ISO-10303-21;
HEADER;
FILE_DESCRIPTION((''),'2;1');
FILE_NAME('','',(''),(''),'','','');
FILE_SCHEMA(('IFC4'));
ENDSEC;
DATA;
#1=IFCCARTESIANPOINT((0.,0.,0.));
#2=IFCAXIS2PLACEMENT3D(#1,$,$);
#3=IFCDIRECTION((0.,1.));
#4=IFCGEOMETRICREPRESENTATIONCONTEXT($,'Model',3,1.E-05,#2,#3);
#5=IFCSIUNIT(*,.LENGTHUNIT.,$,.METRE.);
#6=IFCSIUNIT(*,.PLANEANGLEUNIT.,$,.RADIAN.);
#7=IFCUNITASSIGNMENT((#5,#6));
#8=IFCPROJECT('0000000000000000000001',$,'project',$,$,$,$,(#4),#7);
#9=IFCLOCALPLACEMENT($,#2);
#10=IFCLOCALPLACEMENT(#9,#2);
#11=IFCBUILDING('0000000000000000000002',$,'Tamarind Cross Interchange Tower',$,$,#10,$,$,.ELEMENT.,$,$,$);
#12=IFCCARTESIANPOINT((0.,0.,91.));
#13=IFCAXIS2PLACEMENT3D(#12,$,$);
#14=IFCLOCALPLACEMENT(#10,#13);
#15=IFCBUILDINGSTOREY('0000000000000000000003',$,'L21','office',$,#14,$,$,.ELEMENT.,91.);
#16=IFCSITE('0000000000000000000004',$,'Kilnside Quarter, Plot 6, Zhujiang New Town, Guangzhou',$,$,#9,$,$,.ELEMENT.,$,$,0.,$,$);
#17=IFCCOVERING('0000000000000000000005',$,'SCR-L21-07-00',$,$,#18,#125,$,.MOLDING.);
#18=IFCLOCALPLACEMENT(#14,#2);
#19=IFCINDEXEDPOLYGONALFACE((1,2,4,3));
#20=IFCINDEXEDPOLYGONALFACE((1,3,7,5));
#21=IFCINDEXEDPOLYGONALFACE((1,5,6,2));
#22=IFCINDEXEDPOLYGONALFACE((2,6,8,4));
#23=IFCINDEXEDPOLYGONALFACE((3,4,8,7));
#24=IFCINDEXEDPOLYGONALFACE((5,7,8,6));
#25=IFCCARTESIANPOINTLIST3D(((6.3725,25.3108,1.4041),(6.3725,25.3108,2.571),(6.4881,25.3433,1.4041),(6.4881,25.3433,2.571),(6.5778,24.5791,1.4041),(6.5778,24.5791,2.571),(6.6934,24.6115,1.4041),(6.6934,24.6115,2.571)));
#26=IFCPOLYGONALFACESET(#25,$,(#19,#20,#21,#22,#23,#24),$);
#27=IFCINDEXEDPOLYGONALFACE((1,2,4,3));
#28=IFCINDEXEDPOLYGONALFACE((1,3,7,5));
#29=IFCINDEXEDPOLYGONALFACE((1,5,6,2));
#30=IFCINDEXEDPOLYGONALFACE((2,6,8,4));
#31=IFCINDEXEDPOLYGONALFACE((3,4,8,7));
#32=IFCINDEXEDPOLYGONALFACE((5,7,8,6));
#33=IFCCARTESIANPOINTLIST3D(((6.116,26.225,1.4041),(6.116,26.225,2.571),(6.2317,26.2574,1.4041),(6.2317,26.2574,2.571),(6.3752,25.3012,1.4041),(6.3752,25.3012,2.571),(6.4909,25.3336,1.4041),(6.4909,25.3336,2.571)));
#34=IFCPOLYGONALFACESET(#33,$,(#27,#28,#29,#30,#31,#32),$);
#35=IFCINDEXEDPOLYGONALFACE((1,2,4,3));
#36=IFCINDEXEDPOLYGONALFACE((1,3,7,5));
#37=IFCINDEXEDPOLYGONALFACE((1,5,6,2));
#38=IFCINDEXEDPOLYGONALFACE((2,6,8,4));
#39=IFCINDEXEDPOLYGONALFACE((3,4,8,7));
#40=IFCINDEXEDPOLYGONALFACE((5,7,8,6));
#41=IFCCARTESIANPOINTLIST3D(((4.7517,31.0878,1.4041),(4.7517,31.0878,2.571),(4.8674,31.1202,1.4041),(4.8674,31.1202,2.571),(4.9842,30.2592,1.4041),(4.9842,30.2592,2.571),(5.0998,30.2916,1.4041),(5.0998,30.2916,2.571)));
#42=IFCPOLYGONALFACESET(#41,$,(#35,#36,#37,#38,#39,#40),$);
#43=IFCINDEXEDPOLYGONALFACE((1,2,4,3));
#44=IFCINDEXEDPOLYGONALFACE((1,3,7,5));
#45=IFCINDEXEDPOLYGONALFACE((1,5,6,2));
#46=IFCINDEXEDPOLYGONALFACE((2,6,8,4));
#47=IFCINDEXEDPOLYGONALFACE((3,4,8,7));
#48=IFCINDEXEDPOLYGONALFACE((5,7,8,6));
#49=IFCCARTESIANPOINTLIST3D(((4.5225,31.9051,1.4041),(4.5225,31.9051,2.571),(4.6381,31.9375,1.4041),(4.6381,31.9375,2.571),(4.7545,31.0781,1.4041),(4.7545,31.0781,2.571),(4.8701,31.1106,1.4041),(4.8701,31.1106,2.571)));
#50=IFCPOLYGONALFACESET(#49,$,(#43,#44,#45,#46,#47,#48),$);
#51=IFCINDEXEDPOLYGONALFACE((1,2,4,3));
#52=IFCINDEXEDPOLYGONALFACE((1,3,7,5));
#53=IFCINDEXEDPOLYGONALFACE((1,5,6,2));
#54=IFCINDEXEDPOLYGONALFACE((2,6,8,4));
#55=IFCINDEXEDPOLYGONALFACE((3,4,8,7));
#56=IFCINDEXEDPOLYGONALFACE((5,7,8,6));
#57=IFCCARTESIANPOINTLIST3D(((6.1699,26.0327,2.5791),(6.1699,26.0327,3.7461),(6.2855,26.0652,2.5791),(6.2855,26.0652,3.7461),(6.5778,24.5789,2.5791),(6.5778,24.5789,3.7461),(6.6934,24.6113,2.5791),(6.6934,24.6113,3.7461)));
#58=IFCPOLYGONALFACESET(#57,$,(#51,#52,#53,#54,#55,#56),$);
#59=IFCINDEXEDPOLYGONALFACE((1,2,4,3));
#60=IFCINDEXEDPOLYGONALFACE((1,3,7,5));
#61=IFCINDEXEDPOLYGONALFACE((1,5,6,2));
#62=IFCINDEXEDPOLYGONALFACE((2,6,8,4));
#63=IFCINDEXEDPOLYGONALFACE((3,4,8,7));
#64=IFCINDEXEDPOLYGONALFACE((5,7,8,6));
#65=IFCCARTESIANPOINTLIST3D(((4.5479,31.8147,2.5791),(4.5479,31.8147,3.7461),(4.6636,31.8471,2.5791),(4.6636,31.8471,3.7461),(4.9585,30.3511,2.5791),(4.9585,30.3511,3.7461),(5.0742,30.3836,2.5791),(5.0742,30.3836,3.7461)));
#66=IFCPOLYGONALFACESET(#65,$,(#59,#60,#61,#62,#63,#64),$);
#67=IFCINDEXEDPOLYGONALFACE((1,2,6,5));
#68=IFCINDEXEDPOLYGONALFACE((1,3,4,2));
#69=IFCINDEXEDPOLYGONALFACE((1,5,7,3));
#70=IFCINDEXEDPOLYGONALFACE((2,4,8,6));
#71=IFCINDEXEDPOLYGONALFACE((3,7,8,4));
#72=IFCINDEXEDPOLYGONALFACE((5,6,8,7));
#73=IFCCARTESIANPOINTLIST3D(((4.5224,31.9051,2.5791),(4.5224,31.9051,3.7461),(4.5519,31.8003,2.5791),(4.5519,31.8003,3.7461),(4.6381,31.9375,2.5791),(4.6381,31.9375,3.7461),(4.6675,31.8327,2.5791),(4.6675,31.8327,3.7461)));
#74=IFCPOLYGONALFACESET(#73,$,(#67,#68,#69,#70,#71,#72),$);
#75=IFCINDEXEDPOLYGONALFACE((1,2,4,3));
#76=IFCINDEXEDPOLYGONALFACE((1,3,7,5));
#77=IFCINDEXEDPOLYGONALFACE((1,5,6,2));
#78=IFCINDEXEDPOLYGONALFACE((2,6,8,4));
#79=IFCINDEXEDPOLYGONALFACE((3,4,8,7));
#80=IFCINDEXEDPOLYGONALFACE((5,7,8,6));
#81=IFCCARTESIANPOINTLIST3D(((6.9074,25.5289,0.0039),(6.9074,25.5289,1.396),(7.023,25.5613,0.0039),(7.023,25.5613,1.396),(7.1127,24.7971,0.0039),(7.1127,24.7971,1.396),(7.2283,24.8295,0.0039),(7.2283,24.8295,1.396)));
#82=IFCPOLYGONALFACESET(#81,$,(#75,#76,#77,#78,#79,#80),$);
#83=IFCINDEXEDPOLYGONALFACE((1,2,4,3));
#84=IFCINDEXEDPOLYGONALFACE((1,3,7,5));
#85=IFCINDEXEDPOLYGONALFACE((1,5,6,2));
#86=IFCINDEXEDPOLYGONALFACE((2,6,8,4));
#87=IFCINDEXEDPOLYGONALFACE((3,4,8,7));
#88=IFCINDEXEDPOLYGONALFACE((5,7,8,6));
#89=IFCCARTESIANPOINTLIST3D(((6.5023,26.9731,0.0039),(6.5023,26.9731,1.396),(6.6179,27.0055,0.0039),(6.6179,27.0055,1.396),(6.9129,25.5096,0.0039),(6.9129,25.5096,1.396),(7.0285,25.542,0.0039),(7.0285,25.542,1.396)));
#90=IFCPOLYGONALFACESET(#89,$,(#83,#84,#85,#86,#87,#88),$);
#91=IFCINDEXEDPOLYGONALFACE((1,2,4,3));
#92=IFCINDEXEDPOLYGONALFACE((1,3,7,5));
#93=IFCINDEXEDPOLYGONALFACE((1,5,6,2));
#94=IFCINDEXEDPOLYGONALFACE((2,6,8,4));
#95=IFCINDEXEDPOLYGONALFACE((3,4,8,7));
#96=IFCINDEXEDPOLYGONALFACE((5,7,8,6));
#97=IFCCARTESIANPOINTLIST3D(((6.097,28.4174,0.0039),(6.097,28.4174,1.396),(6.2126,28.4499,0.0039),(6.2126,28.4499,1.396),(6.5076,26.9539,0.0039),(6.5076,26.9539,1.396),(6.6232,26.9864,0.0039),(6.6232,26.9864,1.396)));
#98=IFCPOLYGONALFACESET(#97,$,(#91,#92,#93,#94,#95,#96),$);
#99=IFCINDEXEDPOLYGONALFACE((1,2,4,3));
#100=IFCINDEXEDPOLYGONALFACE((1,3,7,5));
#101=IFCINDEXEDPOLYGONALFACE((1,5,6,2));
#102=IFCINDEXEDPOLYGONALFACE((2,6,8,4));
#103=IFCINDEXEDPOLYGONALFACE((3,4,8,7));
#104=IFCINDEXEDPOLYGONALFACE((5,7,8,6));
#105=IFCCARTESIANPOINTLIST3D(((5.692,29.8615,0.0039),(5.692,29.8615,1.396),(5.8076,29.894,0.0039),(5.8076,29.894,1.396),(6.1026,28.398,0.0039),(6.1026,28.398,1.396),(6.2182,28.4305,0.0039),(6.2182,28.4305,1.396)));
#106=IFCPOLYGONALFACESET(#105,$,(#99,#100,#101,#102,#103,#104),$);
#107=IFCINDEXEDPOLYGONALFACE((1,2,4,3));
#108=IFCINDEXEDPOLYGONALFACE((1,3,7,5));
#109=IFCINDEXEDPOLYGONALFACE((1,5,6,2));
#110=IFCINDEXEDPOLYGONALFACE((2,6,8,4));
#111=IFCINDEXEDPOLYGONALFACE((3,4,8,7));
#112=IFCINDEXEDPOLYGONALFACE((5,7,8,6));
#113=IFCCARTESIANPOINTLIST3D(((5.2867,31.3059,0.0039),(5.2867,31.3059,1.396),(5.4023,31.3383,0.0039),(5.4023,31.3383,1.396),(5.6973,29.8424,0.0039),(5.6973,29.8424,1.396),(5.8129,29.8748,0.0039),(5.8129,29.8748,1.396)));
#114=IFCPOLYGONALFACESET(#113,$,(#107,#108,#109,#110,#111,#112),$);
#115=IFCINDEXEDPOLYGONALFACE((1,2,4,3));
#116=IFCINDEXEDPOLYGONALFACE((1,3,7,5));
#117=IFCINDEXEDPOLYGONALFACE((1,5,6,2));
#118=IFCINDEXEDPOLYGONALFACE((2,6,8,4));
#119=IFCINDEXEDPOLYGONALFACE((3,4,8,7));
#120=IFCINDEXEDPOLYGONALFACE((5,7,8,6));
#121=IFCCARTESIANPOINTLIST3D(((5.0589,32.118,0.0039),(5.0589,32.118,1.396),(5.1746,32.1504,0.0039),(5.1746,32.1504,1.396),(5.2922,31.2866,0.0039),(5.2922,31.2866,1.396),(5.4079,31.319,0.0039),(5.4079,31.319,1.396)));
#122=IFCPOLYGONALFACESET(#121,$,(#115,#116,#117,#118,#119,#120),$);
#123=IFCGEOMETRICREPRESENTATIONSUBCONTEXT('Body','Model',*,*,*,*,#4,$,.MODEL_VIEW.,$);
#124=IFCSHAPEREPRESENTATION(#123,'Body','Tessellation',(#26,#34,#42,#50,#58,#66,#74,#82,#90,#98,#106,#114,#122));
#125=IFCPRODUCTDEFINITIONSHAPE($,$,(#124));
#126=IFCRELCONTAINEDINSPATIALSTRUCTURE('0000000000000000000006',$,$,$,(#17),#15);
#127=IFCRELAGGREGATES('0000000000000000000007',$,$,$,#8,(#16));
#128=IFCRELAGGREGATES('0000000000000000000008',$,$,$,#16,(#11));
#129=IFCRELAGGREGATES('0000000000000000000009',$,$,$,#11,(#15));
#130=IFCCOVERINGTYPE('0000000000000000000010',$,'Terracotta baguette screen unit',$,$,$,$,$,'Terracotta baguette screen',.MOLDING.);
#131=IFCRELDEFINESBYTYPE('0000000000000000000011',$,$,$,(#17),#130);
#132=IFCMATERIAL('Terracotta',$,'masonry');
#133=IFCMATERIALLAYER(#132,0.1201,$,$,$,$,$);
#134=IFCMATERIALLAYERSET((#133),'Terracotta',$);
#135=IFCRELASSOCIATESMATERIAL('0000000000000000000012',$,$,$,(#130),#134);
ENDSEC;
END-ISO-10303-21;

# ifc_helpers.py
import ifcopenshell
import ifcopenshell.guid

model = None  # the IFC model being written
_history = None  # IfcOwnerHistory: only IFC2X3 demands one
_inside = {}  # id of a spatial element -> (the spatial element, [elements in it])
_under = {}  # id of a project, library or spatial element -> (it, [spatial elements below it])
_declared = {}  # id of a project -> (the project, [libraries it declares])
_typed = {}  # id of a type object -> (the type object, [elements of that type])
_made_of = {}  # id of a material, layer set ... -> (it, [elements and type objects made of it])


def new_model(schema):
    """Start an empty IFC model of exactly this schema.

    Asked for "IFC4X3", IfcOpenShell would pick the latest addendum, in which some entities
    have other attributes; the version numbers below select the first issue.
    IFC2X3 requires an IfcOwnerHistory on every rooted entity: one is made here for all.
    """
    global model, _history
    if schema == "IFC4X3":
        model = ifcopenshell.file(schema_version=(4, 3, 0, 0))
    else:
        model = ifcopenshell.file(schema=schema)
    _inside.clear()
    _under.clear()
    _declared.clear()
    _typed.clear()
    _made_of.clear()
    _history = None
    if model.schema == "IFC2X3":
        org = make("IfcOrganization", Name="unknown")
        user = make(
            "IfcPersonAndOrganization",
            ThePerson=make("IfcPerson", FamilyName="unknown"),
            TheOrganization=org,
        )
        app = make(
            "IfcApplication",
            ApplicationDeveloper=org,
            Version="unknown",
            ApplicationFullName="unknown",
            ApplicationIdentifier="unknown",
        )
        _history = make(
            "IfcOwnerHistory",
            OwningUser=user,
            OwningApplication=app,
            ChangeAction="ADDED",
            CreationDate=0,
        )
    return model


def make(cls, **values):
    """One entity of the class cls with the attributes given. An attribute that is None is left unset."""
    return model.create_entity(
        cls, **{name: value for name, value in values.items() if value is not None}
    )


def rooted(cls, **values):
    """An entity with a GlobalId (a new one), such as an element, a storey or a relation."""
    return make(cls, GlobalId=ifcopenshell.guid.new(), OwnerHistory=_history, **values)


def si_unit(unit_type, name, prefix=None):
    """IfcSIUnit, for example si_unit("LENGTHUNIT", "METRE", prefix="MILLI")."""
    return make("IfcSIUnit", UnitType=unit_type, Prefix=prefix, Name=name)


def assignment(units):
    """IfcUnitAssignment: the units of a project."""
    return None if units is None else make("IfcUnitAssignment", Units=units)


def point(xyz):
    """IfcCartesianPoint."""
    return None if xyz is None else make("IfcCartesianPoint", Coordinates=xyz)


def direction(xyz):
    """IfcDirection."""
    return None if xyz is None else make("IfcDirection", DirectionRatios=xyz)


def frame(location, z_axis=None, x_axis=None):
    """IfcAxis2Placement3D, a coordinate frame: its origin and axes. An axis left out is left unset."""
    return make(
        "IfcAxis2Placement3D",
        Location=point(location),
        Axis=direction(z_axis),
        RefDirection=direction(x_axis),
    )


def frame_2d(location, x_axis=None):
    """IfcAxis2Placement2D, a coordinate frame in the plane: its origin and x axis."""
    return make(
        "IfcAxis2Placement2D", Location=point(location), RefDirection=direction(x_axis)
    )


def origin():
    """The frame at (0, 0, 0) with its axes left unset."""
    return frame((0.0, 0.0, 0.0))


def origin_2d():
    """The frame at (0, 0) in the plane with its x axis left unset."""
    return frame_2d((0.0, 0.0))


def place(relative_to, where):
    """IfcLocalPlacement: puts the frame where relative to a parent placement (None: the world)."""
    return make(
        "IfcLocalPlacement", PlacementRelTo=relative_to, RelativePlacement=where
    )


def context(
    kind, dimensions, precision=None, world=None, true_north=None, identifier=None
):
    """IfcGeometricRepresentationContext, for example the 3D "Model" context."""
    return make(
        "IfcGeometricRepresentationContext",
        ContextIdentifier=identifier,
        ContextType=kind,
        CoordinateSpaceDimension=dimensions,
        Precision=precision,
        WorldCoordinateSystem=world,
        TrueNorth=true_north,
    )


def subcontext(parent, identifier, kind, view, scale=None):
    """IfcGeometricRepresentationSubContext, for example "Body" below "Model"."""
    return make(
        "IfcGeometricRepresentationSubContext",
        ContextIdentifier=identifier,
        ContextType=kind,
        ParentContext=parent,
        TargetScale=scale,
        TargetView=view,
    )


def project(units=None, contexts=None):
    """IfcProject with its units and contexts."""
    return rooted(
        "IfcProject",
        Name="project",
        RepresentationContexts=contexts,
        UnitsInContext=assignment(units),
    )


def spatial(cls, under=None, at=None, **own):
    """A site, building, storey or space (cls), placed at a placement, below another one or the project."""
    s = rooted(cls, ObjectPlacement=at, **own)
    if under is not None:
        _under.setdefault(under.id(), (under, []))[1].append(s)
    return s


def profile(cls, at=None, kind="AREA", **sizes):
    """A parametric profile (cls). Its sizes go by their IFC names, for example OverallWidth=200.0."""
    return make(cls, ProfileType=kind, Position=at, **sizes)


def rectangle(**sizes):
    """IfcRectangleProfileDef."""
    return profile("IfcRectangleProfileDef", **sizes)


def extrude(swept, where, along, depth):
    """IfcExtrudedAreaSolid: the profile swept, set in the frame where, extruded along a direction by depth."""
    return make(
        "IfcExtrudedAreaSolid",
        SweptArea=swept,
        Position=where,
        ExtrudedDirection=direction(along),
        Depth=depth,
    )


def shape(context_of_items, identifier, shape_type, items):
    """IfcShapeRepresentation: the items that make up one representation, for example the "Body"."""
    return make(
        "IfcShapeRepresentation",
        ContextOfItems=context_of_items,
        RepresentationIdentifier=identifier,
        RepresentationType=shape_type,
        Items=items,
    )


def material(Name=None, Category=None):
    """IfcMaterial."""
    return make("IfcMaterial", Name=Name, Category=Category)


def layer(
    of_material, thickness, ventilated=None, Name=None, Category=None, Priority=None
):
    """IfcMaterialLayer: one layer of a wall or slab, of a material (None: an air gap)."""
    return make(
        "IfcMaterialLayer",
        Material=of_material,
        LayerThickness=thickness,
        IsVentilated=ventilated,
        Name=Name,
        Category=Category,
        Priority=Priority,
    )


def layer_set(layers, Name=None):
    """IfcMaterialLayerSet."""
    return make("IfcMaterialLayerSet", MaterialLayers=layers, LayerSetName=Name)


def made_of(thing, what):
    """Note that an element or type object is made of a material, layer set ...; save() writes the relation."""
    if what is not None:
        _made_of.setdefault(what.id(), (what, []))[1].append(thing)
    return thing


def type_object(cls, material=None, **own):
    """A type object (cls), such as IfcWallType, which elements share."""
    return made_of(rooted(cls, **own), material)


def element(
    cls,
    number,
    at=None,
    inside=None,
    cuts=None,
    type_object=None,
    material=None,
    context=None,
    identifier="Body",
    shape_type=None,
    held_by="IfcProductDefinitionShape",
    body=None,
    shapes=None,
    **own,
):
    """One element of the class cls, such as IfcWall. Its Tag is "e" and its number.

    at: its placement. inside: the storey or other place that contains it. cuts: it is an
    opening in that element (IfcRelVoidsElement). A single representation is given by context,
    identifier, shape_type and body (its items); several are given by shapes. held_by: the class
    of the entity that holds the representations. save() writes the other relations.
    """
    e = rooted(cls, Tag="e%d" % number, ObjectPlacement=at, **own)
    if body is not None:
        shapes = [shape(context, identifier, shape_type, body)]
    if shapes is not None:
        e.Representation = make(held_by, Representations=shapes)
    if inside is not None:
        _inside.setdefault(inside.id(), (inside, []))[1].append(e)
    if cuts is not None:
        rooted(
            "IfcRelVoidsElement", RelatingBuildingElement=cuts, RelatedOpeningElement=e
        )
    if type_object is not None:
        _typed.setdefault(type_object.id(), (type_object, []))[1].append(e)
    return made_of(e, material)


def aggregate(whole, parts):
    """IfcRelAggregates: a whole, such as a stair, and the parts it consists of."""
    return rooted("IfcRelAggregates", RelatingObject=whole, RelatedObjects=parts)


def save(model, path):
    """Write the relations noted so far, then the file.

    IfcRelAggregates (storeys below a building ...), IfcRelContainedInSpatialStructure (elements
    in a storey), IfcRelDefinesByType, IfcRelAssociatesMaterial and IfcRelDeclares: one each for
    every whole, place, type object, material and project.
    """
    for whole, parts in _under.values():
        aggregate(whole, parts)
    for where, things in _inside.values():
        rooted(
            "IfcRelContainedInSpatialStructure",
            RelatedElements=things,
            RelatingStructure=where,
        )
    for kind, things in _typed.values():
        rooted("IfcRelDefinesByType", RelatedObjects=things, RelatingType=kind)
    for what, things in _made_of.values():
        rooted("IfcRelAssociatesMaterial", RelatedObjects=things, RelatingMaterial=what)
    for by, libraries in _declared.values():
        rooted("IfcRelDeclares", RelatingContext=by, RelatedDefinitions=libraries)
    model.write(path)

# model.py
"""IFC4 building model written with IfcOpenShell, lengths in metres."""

from ifc_helpers import new_model, si_unit, direction, frame, origin, origin_2d, place, context, subcontext, project, spatial, rectangle, extrude, material, layer, layer_set, type_object, element, save


model = new_model("IFC4")

# Units and contexts
model_context = context("Model", 3, precision=1e-05, world=origin(), true_north=direction((0.0, 1.0)))
body_context = subcontext(model_context, "Body", "Model", "MODEL_VIEW")
ifc_project = project(units=[si_unit("LENGTHUNIT", "METRE"), si_unit("PLANEANGLEUNIT", "RADIAN")], contexts=[model_context])

# Site, building, storey
site_placement = place(None, origin())
site = spatial("IfcSite", under=ifc_project, at=site_placement, Name="Kilnside Quarter, Plot 6, Zhujiang New Town, Guangzhou", CompositionType="ELEMENT", RefElevation=0.0)
building_placement = place(site_placement, origin())
building = spatial("IfcBuilding", under=site, at=building_placement, Name="Tamarind Cross Interchange Tower", CompositionType="ELEMENT")
storey_placement = place(building_placement, frame((0.0, 0.0, 91.0)))
storey = spatial("IfcBuildingStorey", under=building, at=storey_placement, Name="L21", Description="office", CompositionType="ELEMENT", Elevation=91.0)

# Covering
ifc_material_1 = material(Name="Terracotta", Category="masonry")
ifc_layer_1 = layer(ifc_material_1, 0.1201)
ifc_layer_set_1 = layer_set([ifc_layer_1], Name="Terracotta")
covering_type = type_object("IfcCoveringType", Name="Terracotta baguette screen unit", ElementType="Terracotta baguette screen", PredefinedType="MOLDING", material=ifc_layer_set_1)
covering_1_placement = place(storey_placement, origin())
element("IfcCovering", 1, at=covering_1_placement, inside=storey, type_object=covering_type, Name="SCR-L21-07-00", PredefinedType="MOLDING", context=body_context, shape_type="SweptSolid", body=[
    extrude(rectangle(XDim=0.76, YDim=0.1201, at=origin_2d()), frame((6.533, 24.9612, 1.4041), z_axis=(0.0, 0.0, 1.0), x_axis=(-0.27013, 0.962824, 0.0)), (0.0, 0.0, 1.0), 1.167),
    extrude(rectangle(XDim=0.9595, YDim=0.1201, at=origin_2d()), frame((6.3035, 25.7793, 1.4041), z_axis=(0.0, 0.0, 1.0), x_axis=(-0.27013, 0.962824, 0.0)), (0.0, 0.0, 1.0), 1.167),
    extrude(rectangle(XDim=0.8606, YDim=0.1201, at=origin_2d()), frame((4.9258, 30.6897, 1.4041), z_axis=(0.0, 0.0, 1.0), x_axis=(-0.27013, 0.962824, 0.0)), (0.0, 0.0, 1.0), 1.167),
    extrude(rectangle(XDim=0.8589, YDim=0.1201, at=origin_2d()), frame((4.6963, 31.5078, 1.4041), z_axis=(0.0, 0.0, 1.0), x_axis=(-0.27013, 0.962824, 0.0)), (0.0, 0.0, 1.0), 1.167),
    extrude(rectangle(XDim=1.51, YDim=0.1201, at=origin_2d()), frame((6.4316, 25.322, 2.5791), z_axis=(0.0, 0.0, 1.0), x_axis=(-0.27013, 0.962824, 0.0)), (0.0, 0.0, 1.0), 1.167),
    extrude(rectangle(XDim=1.52, YDim=0.1201, at=origin_2d()), frame((4.811, 31.0991, 2.5791), z_axis=(0.0, 0.0, 1.0), x_axis=(-0.27013, 0.962824, 0.0)), (0.0, 0.0, 1.0), 1.167),
    extrude(rectangle(XDim=0.1089, YDim=0.1201, at=origin_2d()), frame((4.595, 31.8689, 2.5791), z_axis=(0.0, 0.0, 1.0), x_axis=(-0.27013, 0.962824, 0.0)), (0.0, 0.0, 1.0), 1.167),
    extrude(rectangle(XDim=0.76, YDim=0.1201, at=origin_2d()), frame((7.0679, 25.1792, 0.0039), z_axis=(0.0, 0.0, 1.0), x_axis=(-0.27013, 0.962824, 0.0)), (0.0, 0.0, 1.0), 1.3921),
    extrude(rectangle(XDim=1.52, YDim=0.1201, at=origin_2d()), frame((6.7654, 26.2576, 0.0039), z_axis=(0.0, 0.0, 1.0), x_axis=(-0.27013, 0.962824, 0.0)), (0.0, 0.0, 1.0), 1.3921),
    extrude(rectangle(XDim=1.52, YDim=0.1201, at=origin_2d()), frame((6.3601, 27.7019, 0.0039), z_axis=(0.0, 0.0, 1.0), x_axis=(-0.27013, 0.962824, 0.0)), (0.0, 0.0, 1.0), 1.3921),
    extrude(rectangle(XDim=1.52, YDim=0.1201, at=origin_2d()), frame((5.9551, 29.146, 0.0039), z_axis=(0.0, 0.0, 1.0), x_axis=(-0.27013, 0.962824, 0.0)), (0.0, 0.0, 1.0), 1.3921),
    extrude(rectangle(XDim=1.52, YDim=0.1201, at=origin_2d()), frame((5.5498, 30.5903, 0.0039), z_axis=(0.0, 0.0, 1.0), x_axis=(-0.27013, 0.962824, 0.0)), (0.0, 0.0, 1.0), 1.3921),
    extrude(rectangle(XDim=0.8635, YDim=0.1201, at=origin_2d()), frame((5.2334, 31.7185, 0.0039), z_axis=(0.0, 0.0, 1.0), x_axis=(-0.27013, 0.962824, 0.0)), (0.0, 0.0, 1.0), 1.3921),
])

save(model, "model.ifc")
